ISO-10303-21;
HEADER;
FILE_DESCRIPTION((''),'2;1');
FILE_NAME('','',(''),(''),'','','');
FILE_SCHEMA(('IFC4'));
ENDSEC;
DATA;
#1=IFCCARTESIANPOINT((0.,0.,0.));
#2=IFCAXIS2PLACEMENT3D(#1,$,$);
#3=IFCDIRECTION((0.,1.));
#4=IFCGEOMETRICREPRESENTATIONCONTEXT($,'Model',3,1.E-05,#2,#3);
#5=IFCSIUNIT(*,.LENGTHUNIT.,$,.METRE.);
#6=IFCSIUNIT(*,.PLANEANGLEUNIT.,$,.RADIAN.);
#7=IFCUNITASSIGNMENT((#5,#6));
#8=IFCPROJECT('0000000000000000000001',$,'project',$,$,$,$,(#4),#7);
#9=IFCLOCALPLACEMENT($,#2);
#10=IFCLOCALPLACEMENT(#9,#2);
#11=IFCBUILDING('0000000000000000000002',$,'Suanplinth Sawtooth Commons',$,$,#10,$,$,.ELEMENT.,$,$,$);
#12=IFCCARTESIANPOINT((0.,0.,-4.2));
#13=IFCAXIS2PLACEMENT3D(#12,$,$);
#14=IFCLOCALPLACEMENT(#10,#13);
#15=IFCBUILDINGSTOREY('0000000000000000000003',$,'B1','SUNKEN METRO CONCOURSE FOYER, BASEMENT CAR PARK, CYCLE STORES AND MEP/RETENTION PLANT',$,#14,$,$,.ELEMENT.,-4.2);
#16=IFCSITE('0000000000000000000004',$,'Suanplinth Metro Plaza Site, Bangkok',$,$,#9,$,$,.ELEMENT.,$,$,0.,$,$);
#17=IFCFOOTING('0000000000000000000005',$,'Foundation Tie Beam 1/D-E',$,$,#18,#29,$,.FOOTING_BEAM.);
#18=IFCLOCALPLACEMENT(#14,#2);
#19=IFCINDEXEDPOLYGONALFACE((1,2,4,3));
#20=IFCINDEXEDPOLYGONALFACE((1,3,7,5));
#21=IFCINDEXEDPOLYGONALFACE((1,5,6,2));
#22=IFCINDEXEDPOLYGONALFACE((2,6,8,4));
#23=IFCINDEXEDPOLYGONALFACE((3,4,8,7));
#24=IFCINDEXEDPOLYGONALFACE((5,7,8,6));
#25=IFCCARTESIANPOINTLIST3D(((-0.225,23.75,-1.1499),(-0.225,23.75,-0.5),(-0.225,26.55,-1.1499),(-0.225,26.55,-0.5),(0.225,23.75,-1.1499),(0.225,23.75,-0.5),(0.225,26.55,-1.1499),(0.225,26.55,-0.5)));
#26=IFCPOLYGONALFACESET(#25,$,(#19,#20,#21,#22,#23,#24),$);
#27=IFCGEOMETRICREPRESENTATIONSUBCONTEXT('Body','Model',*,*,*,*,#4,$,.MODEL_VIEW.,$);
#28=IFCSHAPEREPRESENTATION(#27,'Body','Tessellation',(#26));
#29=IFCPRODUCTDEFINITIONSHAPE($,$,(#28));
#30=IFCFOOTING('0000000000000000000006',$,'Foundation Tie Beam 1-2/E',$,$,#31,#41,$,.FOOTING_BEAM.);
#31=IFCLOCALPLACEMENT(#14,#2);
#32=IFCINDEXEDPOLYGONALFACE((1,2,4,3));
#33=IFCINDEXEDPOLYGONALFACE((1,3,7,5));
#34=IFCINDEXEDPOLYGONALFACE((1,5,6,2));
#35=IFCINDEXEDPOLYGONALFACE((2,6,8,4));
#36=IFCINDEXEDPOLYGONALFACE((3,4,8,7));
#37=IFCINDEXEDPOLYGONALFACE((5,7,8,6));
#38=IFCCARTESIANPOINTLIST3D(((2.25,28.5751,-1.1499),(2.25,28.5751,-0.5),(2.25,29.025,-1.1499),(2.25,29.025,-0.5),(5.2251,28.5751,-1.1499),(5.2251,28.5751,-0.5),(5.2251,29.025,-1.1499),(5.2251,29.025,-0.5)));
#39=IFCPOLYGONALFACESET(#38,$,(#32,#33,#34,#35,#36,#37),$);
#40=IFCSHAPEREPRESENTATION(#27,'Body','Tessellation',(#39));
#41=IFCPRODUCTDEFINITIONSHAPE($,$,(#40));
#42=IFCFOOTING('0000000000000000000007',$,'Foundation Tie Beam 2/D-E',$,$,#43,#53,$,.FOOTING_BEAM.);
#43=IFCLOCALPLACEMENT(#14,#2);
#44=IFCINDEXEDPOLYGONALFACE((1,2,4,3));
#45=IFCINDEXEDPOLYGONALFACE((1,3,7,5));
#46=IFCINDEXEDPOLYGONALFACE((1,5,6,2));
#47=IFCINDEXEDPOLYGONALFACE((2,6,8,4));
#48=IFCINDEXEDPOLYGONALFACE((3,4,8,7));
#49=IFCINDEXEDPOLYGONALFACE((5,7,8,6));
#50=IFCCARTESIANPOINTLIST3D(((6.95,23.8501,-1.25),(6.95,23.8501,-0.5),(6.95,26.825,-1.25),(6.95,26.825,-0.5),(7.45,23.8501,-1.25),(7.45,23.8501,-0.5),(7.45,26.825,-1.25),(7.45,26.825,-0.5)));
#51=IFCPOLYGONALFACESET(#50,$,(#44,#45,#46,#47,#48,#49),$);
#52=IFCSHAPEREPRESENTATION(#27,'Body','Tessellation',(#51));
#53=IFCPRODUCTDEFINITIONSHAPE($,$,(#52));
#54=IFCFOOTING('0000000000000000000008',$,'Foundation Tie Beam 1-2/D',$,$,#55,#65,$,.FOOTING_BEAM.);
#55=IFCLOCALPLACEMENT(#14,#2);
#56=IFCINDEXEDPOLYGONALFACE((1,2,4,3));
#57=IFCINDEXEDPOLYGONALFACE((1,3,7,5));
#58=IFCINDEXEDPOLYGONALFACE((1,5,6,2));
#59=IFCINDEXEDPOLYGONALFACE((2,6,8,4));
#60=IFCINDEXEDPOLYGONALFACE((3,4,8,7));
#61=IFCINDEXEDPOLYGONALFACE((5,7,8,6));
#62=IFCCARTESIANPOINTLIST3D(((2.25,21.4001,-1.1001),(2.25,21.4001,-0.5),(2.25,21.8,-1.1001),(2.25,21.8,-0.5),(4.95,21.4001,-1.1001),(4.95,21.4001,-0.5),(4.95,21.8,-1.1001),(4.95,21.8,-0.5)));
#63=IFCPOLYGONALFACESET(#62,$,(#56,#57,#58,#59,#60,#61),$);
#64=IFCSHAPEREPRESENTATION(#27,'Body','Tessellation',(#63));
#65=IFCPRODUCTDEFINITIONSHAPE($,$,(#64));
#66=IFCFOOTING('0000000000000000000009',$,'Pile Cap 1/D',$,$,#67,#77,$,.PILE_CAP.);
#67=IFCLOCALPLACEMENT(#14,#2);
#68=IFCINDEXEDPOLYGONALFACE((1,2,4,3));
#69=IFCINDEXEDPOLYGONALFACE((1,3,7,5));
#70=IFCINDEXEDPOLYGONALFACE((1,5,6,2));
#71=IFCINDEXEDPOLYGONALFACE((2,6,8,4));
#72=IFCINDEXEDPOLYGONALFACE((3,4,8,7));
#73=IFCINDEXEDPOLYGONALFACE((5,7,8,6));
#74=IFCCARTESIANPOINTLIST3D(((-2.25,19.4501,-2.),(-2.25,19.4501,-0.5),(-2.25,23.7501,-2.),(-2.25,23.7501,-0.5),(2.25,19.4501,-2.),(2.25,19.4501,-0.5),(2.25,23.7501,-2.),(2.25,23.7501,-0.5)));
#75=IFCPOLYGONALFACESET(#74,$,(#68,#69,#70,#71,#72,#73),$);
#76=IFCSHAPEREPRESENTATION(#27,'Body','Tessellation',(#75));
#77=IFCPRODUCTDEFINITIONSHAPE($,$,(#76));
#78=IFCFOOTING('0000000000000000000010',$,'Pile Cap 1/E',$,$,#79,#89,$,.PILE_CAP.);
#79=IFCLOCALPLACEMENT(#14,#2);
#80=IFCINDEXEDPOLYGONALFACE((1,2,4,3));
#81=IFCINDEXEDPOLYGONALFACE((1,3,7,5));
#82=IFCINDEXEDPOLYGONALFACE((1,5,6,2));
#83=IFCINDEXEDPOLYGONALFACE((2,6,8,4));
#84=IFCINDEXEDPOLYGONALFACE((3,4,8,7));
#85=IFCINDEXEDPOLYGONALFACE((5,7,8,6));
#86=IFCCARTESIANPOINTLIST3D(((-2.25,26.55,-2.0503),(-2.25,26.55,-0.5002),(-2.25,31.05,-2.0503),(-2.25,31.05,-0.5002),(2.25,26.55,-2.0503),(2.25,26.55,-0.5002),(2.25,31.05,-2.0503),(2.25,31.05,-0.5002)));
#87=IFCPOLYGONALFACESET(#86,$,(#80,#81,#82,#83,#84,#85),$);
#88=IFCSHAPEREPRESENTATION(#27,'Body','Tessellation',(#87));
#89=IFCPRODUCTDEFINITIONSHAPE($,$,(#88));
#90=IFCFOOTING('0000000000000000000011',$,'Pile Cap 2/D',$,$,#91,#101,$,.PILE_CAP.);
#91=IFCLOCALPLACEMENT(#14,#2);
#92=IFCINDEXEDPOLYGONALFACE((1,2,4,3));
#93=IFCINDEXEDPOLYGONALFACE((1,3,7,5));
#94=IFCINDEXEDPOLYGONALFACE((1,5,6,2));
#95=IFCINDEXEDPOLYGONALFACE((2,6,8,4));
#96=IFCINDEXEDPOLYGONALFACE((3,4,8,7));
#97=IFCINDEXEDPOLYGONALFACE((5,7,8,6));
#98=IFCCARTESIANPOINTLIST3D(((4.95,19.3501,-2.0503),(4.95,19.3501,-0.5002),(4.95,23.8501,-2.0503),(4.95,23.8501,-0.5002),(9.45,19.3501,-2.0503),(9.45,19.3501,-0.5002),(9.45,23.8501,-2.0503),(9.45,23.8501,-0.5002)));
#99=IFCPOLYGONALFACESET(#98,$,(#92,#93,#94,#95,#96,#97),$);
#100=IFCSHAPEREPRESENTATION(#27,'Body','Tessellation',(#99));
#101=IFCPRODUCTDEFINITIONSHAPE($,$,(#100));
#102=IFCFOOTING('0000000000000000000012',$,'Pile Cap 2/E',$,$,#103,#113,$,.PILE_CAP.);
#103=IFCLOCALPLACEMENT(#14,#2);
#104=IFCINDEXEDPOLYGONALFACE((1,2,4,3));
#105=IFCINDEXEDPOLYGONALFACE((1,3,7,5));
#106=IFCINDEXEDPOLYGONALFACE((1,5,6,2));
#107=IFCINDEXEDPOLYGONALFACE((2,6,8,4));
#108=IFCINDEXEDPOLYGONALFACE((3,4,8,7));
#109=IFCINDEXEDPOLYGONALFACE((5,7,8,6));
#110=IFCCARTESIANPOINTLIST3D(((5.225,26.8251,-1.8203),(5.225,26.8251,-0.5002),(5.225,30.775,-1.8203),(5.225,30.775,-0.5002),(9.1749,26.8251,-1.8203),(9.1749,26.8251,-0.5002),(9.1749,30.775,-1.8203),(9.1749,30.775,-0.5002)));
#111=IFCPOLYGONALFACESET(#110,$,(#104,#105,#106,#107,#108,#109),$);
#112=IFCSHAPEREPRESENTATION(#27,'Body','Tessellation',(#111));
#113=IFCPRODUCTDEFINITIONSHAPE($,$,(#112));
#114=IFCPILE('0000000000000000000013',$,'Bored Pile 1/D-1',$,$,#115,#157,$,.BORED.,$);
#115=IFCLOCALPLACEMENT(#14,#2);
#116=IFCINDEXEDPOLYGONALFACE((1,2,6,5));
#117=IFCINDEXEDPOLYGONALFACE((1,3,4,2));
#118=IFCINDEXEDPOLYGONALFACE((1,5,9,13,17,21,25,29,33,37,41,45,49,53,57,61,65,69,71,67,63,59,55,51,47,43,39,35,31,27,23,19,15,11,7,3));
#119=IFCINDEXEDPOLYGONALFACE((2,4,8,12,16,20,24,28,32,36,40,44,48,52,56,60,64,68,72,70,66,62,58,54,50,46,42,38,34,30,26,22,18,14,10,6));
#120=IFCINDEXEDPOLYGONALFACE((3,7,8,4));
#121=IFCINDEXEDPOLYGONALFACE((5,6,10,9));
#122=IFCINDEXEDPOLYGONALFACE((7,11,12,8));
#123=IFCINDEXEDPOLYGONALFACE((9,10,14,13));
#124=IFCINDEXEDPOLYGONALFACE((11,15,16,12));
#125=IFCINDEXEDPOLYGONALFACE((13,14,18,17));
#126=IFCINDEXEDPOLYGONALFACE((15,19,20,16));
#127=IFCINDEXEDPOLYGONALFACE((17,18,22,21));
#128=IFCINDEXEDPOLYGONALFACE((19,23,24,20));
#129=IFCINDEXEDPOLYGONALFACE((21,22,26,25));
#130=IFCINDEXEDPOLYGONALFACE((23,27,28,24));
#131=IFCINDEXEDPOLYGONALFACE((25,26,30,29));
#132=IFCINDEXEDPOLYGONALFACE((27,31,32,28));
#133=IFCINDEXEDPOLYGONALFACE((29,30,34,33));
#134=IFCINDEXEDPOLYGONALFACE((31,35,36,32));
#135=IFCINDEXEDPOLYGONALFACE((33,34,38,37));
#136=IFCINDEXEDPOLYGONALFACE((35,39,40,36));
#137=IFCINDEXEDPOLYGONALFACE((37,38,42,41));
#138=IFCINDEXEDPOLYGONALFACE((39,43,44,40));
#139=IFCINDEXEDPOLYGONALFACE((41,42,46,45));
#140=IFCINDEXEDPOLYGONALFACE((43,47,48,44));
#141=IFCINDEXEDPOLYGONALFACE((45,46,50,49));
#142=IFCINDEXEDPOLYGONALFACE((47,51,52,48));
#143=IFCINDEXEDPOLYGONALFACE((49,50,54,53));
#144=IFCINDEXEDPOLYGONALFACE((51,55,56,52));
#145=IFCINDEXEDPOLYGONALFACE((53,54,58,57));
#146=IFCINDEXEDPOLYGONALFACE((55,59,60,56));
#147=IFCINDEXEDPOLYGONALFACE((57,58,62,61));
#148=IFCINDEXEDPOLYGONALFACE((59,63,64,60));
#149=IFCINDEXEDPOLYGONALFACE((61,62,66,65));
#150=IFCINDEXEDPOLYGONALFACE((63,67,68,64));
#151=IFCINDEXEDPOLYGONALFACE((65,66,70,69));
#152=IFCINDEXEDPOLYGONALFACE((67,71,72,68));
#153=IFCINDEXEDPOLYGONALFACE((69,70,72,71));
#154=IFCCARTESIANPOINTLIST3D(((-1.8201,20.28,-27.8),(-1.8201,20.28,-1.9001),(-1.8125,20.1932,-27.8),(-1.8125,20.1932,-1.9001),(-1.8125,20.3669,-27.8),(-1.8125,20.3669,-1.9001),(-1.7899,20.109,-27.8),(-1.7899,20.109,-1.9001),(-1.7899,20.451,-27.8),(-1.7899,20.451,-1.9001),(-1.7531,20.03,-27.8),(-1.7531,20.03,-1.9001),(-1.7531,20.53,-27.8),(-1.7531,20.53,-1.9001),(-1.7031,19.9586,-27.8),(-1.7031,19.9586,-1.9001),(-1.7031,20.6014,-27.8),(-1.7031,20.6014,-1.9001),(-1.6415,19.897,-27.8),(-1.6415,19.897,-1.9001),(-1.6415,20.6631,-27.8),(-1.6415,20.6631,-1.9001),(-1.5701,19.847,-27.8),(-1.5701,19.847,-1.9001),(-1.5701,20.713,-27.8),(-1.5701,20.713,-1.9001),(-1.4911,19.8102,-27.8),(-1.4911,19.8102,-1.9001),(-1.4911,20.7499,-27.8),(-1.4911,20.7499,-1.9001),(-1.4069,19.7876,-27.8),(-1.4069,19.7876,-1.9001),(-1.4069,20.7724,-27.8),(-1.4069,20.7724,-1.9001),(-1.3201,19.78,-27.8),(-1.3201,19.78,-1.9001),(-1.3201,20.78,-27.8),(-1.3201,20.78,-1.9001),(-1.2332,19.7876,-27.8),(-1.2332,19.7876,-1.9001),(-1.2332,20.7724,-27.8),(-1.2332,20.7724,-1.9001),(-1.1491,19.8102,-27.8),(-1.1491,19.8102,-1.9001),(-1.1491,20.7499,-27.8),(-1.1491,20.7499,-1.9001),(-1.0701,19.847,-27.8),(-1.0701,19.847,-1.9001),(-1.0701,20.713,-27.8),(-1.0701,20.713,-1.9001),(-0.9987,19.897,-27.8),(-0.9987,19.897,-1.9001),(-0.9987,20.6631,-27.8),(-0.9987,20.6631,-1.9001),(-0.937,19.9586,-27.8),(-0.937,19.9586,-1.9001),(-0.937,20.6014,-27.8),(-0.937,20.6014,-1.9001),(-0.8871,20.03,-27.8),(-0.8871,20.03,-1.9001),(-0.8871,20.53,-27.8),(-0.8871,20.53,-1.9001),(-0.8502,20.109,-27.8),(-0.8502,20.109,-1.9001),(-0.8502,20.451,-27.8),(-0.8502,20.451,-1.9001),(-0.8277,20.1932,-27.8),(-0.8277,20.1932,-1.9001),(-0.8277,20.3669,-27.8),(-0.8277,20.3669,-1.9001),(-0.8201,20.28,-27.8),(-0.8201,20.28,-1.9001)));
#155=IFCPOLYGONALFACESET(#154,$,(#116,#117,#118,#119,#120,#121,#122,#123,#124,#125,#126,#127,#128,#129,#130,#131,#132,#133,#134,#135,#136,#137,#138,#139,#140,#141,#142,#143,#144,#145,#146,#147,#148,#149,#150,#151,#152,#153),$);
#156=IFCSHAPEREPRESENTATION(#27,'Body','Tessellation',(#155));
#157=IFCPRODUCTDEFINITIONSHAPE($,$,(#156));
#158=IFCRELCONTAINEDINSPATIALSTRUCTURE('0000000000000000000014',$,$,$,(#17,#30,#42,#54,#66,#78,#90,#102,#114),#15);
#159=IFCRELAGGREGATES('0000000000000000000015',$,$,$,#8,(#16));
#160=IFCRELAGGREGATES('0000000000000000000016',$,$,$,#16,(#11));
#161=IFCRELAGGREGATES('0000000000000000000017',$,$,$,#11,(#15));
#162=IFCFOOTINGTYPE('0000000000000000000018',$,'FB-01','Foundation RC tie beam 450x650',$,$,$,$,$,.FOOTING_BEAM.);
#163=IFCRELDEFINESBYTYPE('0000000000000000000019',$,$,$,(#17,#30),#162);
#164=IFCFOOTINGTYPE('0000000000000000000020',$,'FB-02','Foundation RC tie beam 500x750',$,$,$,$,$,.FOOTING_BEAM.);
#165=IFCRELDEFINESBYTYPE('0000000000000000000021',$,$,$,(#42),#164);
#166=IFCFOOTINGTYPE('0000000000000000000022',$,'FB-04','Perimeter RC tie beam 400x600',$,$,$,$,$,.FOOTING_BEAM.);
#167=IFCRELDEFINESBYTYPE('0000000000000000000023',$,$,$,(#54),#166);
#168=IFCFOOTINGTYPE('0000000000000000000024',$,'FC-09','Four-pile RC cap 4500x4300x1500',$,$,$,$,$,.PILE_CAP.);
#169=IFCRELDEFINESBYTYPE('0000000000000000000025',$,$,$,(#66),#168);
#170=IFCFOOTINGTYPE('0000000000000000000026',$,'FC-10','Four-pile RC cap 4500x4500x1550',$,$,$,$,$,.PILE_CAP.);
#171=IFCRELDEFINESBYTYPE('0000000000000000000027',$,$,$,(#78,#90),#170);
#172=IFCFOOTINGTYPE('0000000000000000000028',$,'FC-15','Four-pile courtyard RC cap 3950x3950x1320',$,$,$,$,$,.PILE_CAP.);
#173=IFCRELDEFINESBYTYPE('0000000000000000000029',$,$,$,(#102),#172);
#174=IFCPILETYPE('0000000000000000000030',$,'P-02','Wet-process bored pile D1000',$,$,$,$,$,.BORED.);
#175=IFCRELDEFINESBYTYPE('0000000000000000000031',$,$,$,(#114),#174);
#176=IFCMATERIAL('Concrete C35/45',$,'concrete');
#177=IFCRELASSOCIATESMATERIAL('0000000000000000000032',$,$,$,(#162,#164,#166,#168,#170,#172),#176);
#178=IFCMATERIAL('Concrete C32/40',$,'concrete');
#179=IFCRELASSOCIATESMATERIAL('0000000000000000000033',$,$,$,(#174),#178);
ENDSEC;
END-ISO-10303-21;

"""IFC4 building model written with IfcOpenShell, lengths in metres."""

from ifc_helpers import new_model, si_unit, direction, frame, origin, origin_2d, place, context, subcontext, project, spatial, rectangle, circle, extrude, material, material_profile, profile_set, type_object, element, save


model = new_model("IFC4")

# Units and contexts
model_context = context("Model", 3, precision=1e-05, world=origin(), true_north=direction((0.0, 1.0)))
body_context = subcontext(model_context, "Body", "Model", "MODEL_VIEW")
ifc_project = project(units=[si_unit("LENGTHUNIT", "METRE"), si_unit("PLANEANGLEUNIT", "RADIAN")], contexts=[model_context])

# Site, building, storey
site_placement = place(None, origin())
site = spatial("IfcSite", under=ifc_project, at=site_placement, Name="Suanplinth Metro Plaza Site, Bangkok", CompositionType="ELEMENT", RefElevation=0.0)
building_placement = place(site_placement, origin())
building = spatial("IfcBuilding", under=site, at=building_placement, Name="Suanplinth Sawtooth Commons", CompositionType="ELEMENT")
storey_placement = place(building_placement, frame((0.0, 0.0, -4.2)))
storey = spatial("IfcBuildingStorey", under=building, at=storey_placement, Name="B1", Description="SUNKEN METRO CONCOURSE FOYER, BASEMENT CAR PARK, CYCLE STORES AND MEP/RETENTION PLANT", CompositionType="ELEMENT", Elevation=-4.2)

# Footings
ifc_material_1 = material(Name="Concrete C35/45", Category="concrete")
ifc_material_profile_1 = material_profile(ifc_material_1, rectangle(XDim=0.45, YDim=0.6499, at=origin_2d()), Name="PC-GDR 450x650")
ifc_profile_set_1 = profile_set([ifc_material_profile_1], Name="Concrete C35/45")
footing_type_1 = type_object("IfcFootingType", Name="FB-01", Description="Foundation RC tie beam 450x650", PredefinedType="FOOTING_BEAM", material=ifc_profile_set_1)
footing_1_placement = place(storey_placement, frame((0.0, 23.75, -0.825), z_axis=(0.0, 1.0, 0.0), x_axis=(-1.0, 0.0, 0.0)))
element("IfcFooting", 1, at=footing_1_placement, inside=storey, type_object=footing_type_1, Name="Foundation Tie Beam 1/D-E", PredefinedType="FOOTING_BEAM", context=body_context, shape_type="SweptSolid", body=[
    extrude(rectangle(XDim=0.45, YDim=0.6499, at=origin_2d()), origin(), (0.0, 0.0, 1.0), 2.8),
])
footing_2_placement = place(storey_placement, frame((2.25, 28.8, -0.825), z_axis=(1.0, 0.0, 0.0), x_axis=(0.0, 1.0, 0.0)))
element("IfcFooting", 2, at=footing_2_placement, inside=storey, type_object=footing_type_1, Name="Foundation Tie Beam 1-2/E", PredefinedType="FOOTING_BEAM", context=body_context, shape_type="SweptSolid", body=[
    extrude(rectangle(XDim=0.45, YDim=0.6499, at=origin_2d()), origin(), (0.0, 0.0, 1.0), 2.9751),
])
ifc_material_profile_2 = material_profile(ifc_material_1, rectangle(XDim=0.5, YDim=0.75, at=origin_2d()), Name="RC-GDR 500x750")
ifc_profile_set_2 = profile_set([ifc_material_profile_2], Name="Concrete C35/45")
footing_type_2 = type_object("IfcFootingType", Name="FB-02", Description="Foundation RC tie beam 500x750", PredefinedType="FOOTING_BEAM", material=ifc_profile_set_2)
footing_3_placement = place(storey_placement, frame((7.2, 23.8501, -0.875), z_axis=(0.0, 1.0, 0.0), x_axis=(-1.0, 0.0, 0.0)))
element("IfcFooting", 3, at=footing_3_placement, inside=storey, type_object=footing_type_2, Name="Foundation Tie Beam 2/D-E", PredefinedType="FOOTING_BEAM", context=body_context, shape_type="SweptSolid", body=[
    extrude(rectangle(XDim=0.5, YDim=0.75, at=origin_2d()), origin(), (0.0, 0.0, 1.0), 2.9749),
])
ifc_material_profile_3 = material_profile(ifc_material_1, rectangle(XDim=0.3999, YDim=0.6001, at=origin_2d()), Name="PC-GDR 400x600")
ifc_profile_set_3 = profile_set([ifc_material_profile_3], Name="Concrete C35/45")
footing_type_3 = type_object("IfcFootingType", Name="FB-04", Description="Perimeter RC tie beam 400x600", PredefinedType="FOOTING_BEAM", material=ifc_profile_set_3)
footing_4_placement = place(storey_placement, frame((2.25, 21.6001, -0.8), z_axis=(1.0, 0.0, 0.0), x_axis=(0.0, 1.0, 0.0)))
element("IfcFooting", 4, at=footing_4_placement, inside=storey, type_object=footing_type_3, Name="Foundation Tie Beam 1-2/D", PredefinedType="FOOTING_BEAM", context=body_context, shape_type="SweptSolid", body=[
    extrude(rectangle(XDim=0.3999, YDim=0.6001, at=origin_2d()), origin(), (0.0, 0.0, 1.0), 2.7),
])
footing_type_4 = type_object("IfcFootingType", Name="FC-09", Description="Four-pile RC cap 4500x4300x1500", PredefinedType="PILE_CAP", material=ifc_material_1)
footing_5_placement = place(storey_placement, frame((0.0, 21.6001, -2.0), z_axis=(0.0, 0.0, 1.0), x_axis=(1.0, 0.0, 0.0)))
element("IfcFooting", 5, at=footing_5_placement, inside=storey, type_object=footing_type_4, Name="Pile Cap 1/D", PredefinedType="PILE_CAP", context=body_context, shape_type="SweptSolid", body=[
    extrude(rectangle(XDim=4.5, YDim=4.3, at=origin_2d()), origin(), (0.0, 0.0, 1.0), 1.5),
])
footing_type_5 = type_object("IfcFootingType", Name="FC-10", Description="Four-pile RC cap 4500x4500x1550", PredefinedType="PILE_CAP", material=ifc_material_1)
for number, where, z_axis, x_axis, name in (
    (6, (0.0, 28.8, -2.0503), (0.0, 0.0, 1.0), (1.0, 0.0, 0.0), "Pile Cap 1/E"),
    (7, (7.2, 21.6001, -2.0503), (0.0, 0.0, 1.0), (1.0, 0.0, 0.0), "Pile Cap 2/D"),
):
    element("IfcFooting", number, at=place(storey_placement, frame(where, z_axis=z_axis, x_axis=x_axis)), inside=storey, type_object=footing_type_5, Name=name, PredefinedType="PILE_CAP", context=body_context, shape_type="SweptSolid", body=[
        extrude(rectangle(XDim=4.5, YDim=4.5, at=origin_2d()), origin(), (0.0, 0.0, 1.0), 1.55),
    ])
footing_type_6 = type_object("IfcFootingType", Name="FC-15", Description="Four-pile courtyard RC cap 3950x3950x1320", PredefinedType="PILE_CAP", material=ifc_material_1)
footing_6_placement = place(storey_placement, frame((7.2, 28.8, -1.8203), z_axis=(0.0, 0.0, 1.0), x_axis=(1.0, 0.0, 0.0)))
element("IfcFooting", 8, at=footing_6_placement, inside=storey, type_object=footing_type_6, Name="Pile Cap 2/E", PredefinedType="PILE_CAP", context=body_context, shape_type="SweptSolid", body=[
    extrude(rectangle(XDim=3.95, YDim=3.95, at=origin_2d()), origin(), (0.0, 0.0, 1.0), 1.3201),
])

# Pile
ifc_material_2 = material(Name="Concrete C32/40", Category="concrete")
ifc_material_profile_4 = material_profile(ifc_material_2, circle(Radius=0.5, at=origin_2d()), Name="PILE D1000")
ifc_profile_set_4 = profile_set([ifc_material_profile_4], Name="Concrete C32/40")
pile_type = type_object("IfcPileType", Name="P-02", Description="Wet-process bored pile D1000", PredefinedType="BORED", material=ifc_profile_set_4)
for number, where, z_axis, x_axis, name in (
    (9, (-1.3201, 20.28, -1.9001), (0.0, 0.0, -1.0), (1.0, 0.0, 0.0), "Bored Pile 1/D-1"),
):
    element("IfcPile", number, at=place(storey_placement, frame(where, z_axis=z_axis, x_axis=x_axis)), inside=storey, type_object=pile_type, Name=name, PredefinedType="BORED", context=body_context, shape_type="SweptSolid", body=[
        extrude(circle(Radius=0.5, at=origin_2d()), origin(), (0.0, 0.0, 1.0), 25.8999),
    ])

save(model, "model.ifc")
